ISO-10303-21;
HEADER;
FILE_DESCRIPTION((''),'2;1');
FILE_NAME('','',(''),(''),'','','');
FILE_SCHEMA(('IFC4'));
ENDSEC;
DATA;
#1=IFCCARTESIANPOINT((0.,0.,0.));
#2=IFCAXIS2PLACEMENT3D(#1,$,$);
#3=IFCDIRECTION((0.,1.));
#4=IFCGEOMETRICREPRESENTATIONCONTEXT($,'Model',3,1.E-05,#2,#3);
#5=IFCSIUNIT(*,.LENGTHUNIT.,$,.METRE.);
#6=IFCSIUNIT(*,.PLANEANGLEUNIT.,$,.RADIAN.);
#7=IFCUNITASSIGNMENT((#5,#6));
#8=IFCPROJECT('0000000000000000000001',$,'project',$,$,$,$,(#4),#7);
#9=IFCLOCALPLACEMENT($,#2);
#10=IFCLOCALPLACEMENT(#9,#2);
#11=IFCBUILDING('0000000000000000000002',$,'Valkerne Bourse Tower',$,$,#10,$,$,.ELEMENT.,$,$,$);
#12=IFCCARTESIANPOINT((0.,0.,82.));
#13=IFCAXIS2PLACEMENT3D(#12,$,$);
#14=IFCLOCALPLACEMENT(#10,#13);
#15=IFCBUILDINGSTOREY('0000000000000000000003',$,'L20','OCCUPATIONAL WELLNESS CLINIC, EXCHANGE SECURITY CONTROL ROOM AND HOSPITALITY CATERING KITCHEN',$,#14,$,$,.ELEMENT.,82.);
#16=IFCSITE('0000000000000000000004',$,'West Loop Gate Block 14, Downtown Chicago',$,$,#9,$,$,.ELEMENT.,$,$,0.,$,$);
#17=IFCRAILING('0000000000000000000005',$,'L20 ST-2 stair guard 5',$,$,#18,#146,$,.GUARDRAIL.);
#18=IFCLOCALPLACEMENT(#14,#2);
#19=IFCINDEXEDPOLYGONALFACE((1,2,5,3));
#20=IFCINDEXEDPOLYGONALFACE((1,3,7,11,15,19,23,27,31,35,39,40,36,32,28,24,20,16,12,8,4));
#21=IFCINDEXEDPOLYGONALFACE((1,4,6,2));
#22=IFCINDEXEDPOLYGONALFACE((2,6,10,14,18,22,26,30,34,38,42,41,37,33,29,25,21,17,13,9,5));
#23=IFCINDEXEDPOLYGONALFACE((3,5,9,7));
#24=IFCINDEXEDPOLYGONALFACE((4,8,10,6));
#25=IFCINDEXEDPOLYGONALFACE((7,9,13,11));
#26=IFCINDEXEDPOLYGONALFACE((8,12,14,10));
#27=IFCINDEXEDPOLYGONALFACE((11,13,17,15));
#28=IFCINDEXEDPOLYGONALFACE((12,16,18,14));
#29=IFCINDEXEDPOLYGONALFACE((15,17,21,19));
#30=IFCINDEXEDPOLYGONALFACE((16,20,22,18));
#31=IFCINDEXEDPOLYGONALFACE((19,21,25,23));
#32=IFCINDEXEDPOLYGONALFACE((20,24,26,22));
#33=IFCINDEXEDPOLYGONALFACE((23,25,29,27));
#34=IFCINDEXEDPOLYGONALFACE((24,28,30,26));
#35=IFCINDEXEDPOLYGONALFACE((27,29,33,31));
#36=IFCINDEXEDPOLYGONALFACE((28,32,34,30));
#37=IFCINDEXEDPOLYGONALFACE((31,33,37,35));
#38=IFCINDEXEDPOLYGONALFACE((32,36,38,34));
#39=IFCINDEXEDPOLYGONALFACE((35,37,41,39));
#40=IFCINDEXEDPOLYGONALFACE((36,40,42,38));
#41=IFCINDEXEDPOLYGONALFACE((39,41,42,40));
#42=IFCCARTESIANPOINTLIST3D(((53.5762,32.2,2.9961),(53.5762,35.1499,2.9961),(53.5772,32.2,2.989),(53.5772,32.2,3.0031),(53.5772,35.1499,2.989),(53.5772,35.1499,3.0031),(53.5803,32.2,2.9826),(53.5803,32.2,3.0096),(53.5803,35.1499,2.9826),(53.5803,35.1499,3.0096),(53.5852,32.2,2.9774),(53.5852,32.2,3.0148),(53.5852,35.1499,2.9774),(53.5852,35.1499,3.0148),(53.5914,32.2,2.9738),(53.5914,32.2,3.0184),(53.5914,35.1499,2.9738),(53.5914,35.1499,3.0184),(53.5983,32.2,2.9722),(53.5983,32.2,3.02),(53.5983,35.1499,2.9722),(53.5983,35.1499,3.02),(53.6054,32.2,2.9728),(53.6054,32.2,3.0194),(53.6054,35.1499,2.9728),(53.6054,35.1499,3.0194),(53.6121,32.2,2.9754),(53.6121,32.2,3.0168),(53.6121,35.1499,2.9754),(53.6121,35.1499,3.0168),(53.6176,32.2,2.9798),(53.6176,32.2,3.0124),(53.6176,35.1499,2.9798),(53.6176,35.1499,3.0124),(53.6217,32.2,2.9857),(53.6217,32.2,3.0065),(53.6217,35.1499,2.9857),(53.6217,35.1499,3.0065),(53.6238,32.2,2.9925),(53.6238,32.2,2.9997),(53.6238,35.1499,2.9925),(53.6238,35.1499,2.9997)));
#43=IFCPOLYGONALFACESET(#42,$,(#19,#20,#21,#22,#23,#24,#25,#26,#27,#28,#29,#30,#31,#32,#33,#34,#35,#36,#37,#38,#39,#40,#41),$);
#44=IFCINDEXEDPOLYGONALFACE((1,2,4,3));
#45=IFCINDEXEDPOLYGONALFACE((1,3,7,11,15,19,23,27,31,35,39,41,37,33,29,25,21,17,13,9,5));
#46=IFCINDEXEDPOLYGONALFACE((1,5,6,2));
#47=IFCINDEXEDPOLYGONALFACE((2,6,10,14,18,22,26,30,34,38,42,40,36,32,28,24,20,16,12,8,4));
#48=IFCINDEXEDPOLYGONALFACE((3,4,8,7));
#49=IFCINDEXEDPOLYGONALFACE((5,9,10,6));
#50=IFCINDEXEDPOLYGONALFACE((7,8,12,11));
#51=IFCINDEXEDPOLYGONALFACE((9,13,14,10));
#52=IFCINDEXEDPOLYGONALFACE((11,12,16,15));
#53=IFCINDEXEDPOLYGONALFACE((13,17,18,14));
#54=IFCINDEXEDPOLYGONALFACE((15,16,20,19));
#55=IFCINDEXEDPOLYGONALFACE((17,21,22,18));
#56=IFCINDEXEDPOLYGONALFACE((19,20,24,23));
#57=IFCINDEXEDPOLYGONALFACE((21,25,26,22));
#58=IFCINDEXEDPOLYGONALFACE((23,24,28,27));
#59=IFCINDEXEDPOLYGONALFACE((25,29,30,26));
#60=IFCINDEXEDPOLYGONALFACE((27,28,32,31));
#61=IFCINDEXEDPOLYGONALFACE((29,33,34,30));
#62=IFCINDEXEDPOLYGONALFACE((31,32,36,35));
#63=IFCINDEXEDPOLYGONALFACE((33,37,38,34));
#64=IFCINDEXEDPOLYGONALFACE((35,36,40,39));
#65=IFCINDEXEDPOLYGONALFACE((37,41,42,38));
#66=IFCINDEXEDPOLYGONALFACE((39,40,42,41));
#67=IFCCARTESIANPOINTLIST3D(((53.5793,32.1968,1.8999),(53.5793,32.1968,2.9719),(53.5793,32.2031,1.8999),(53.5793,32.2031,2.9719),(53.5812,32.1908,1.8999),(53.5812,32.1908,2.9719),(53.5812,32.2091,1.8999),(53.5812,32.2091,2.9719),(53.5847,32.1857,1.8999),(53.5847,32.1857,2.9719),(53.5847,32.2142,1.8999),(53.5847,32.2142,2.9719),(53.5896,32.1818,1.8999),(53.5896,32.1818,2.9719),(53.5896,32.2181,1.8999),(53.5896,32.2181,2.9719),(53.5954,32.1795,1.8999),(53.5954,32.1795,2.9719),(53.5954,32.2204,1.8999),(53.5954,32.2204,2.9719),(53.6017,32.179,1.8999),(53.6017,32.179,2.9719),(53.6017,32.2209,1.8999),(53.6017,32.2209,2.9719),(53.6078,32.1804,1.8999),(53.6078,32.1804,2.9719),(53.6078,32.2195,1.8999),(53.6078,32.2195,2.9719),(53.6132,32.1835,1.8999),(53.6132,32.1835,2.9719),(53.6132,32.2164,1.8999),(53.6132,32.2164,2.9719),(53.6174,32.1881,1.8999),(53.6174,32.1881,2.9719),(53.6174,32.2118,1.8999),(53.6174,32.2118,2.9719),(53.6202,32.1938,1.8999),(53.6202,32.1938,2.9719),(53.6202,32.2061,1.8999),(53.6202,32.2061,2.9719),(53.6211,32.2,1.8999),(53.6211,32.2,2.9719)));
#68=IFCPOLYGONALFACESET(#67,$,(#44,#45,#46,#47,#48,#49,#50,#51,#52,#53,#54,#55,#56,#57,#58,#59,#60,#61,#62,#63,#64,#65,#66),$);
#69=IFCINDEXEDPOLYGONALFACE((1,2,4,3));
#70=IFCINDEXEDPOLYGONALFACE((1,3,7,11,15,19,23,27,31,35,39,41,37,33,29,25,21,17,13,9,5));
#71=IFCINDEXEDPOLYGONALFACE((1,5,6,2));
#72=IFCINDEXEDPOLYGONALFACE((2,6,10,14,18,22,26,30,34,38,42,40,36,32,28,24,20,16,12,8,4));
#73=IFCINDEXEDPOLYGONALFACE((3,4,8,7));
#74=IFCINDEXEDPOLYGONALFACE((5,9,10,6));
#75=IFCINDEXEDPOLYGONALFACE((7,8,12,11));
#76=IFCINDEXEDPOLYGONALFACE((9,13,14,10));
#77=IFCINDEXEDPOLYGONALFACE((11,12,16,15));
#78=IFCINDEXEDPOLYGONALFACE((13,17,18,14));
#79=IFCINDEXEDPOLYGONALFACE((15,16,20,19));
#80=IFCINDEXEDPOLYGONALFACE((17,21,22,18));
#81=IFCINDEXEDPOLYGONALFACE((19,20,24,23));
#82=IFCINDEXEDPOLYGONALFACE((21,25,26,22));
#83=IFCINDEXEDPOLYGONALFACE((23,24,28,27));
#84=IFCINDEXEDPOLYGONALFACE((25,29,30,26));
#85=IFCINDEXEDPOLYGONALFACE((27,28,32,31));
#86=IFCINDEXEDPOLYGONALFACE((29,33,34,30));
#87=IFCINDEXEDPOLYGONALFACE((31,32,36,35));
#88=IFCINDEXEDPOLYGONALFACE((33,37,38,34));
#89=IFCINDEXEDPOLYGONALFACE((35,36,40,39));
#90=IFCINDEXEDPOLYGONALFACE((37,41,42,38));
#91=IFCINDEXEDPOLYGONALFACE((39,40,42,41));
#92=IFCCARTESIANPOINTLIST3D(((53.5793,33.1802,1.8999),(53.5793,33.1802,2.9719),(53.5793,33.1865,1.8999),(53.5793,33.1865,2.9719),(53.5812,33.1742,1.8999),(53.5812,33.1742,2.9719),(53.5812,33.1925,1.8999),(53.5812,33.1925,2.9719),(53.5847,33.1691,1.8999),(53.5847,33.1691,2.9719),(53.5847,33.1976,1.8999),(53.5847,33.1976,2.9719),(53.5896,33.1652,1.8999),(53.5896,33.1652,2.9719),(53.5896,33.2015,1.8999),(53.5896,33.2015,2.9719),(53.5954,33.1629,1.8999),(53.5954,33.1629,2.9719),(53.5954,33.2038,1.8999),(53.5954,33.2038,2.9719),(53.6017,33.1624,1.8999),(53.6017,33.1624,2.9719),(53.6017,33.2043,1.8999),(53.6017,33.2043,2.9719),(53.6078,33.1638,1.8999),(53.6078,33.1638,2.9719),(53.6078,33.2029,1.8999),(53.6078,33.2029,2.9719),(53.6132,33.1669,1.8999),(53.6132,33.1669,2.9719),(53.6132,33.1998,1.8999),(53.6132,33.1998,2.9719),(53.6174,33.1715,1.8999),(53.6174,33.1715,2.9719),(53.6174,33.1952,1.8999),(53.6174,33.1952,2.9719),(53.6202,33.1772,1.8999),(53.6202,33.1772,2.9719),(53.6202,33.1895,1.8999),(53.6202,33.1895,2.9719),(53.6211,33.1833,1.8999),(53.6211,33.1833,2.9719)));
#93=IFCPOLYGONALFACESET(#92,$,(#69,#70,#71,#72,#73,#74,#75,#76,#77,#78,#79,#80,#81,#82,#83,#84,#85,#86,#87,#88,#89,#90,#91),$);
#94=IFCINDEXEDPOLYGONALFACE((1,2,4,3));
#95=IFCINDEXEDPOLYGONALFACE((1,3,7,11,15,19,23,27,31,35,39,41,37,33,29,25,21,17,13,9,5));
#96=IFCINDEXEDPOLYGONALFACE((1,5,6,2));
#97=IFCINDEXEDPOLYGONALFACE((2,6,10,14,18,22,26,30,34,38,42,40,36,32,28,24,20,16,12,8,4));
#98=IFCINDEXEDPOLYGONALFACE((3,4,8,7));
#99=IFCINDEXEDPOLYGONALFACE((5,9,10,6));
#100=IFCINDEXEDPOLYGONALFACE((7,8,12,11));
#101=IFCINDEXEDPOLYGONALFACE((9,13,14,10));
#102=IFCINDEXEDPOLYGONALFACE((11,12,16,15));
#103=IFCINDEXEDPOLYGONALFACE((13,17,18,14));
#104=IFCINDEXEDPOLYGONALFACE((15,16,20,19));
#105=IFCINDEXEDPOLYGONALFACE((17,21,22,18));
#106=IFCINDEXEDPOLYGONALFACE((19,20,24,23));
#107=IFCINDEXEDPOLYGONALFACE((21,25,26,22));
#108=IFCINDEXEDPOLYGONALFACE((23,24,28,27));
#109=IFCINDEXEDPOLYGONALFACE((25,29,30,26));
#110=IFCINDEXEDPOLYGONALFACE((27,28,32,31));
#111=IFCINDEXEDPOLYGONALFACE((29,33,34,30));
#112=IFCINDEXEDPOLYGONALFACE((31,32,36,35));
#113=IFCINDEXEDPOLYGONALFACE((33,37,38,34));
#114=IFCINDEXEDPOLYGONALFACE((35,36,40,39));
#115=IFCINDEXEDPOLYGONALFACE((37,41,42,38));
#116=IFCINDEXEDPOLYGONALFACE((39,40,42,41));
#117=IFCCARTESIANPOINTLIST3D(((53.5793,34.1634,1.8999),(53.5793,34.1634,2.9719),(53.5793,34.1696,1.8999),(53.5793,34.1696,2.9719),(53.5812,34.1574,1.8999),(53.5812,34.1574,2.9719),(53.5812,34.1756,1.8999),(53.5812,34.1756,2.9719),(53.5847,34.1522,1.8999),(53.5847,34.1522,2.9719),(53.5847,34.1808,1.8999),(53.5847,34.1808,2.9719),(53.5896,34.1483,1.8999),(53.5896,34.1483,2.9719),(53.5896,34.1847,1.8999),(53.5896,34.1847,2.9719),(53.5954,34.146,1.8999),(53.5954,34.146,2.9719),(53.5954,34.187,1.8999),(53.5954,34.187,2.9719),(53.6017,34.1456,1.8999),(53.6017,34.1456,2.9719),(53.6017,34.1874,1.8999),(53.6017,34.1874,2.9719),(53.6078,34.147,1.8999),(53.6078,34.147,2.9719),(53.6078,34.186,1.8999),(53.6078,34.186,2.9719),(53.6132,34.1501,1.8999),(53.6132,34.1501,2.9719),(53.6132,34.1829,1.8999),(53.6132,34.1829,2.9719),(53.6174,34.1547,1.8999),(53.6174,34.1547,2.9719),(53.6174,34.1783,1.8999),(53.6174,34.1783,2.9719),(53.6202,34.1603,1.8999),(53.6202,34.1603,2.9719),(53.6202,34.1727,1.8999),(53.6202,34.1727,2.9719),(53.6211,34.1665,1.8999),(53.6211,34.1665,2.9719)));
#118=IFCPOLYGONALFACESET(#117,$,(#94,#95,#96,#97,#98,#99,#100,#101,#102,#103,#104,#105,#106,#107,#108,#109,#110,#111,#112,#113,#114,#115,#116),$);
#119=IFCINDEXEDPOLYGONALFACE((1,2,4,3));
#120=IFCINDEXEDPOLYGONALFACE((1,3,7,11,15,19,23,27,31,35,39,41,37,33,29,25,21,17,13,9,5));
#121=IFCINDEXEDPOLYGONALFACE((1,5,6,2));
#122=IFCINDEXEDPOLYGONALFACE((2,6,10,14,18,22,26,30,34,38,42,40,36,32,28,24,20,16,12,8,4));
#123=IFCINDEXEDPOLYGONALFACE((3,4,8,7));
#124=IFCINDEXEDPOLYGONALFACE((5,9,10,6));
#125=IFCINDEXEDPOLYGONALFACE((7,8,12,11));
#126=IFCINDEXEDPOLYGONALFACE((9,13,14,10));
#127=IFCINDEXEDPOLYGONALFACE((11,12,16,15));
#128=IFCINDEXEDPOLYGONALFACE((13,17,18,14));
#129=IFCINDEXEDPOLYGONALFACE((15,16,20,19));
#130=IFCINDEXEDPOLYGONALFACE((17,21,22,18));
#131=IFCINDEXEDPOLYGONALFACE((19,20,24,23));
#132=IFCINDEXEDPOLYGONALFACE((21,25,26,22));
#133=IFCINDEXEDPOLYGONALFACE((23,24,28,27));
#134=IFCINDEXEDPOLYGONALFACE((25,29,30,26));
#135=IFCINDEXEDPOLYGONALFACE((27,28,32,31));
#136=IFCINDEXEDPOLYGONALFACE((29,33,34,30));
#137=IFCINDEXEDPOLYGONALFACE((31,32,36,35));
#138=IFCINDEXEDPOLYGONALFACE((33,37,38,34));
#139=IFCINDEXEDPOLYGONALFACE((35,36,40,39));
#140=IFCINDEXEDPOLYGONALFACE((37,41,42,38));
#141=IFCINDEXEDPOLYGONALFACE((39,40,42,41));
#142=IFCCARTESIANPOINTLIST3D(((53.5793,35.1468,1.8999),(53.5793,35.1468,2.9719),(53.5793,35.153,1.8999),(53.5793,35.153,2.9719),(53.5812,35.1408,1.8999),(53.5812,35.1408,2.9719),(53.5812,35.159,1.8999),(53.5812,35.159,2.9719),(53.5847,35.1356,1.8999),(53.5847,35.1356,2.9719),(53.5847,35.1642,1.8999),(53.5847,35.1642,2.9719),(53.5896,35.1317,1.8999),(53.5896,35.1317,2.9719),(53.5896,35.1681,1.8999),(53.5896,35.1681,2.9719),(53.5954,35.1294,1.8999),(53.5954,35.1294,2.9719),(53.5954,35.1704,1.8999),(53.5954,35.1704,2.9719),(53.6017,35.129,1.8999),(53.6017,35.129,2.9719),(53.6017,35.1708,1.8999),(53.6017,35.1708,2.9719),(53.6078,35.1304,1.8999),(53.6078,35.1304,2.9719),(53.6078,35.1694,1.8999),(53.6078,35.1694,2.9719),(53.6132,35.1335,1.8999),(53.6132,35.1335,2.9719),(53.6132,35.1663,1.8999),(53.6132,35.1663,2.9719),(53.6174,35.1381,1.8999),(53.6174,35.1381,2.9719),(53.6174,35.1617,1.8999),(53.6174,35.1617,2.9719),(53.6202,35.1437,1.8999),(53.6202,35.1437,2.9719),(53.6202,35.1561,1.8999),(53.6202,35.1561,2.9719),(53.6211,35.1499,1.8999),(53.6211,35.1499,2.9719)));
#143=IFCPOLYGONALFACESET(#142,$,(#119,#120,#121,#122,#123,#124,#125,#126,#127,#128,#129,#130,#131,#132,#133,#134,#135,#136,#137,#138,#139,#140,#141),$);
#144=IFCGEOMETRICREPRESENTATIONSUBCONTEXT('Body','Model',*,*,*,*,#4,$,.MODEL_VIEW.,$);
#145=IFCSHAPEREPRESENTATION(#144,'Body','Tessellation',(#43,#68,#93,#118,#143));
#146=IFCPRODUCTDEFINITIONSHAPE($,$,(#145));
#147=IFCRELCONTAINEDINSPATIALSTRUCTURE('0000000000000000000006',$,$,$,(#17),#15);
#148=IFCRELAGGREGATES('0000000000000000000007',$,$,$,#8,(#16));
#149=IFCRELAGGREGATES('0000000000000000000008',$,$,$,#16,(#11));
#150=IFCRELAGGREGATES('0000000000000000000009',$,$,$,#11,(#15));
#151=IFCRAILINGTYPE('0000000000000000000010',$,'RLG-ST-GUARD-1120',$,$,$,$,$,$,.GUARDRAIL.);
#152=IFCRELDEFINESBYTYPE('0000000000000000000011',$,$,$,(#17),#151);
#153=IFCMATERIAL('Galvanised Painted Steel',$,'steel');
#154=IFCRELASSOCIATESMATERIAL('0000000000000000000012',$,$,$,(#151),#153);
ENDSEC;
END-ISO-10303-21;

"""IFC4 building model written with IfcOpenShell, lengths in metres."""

from ifc_helpers import new_model, si_unit, direction, frame, origin, origin_2d, place, context, subcontext, project, spatial, circle, extrude, material, type_object, element, save


model = new_model("IFC4")

# Units and contexts
model_context = context("Model", 3, precision=1e-05, world=origin(), true_north=direction((0.0, 1.0)))
body_context = subcontext(model_context, "Body", "Model", "MODEL_VIEW")
ifc_project = project(units=[si_unit("LENGTHUNIT", "METRE"), si_unit("PLANEANGLEUNIT", "RADIAN")], contexts=[model_context])

# Site, building, storey
site_placement = place(None, origin())
site = spatial("IfcSite", under=ifc_project, at=site_placement, Name="West Loop Gate Block 14, Downtown Chicago", CompositionType="ELEMENT", RefElevation=0.0)
building_placement = place(site_placement, origin())
building = spatial("IfcBuilding", under=site, at=building_placement, Name="Valkerne Bourse Tower", CompositionType="ELEMENT")
storey_placement = place(building_placement, frame((0.0, 0.0, 82.0)))
storey = spatial("IfcBuildingStorey", under=building, at=storey_placement, Name="L20", Description="OCCUPATIONAL WELLNESS CLINIC, EXCHANGE SECURITY CONTROL ROOM AND HOSPITALITY CATERING KITCHEN", CompositionType="ELEMENT", Elevation=82.0)

# Railing
ifc_material_1 = material(Name="Galvanised Painted Steel", Category="steel")
railing_type_1 = type_object("IfcRailingType", Name="RLG-ST-GUARD-1120", PredefinedType="GUARDRAIL", material=ifc_material_1)
railing_1_placement = place(storey_placement, frame((53.6001, 32.2, 1.8999)))
element("IfcRailing", 1, at=railing_1_placement, inside=storey, type_object=railing_type_1, Name="L20 ST-2 stair guard 5", PredefinedType="GUARDRAIL", context=body_context, shape_type="SweptSolid", body=[
    extrude(circle(Radius=0.0239, at=origin_2d()), frame((0.0, 0.0, 1.0962), z_axis=(0.0, 1.0, 0.0), x_axis=(-1.0, 0.0, 0.0)), (0.0, 0.0, 1.0), 2.95),
    extrude(circle(Radius=0.021, at=origin_2d()), origin(), (0.0, 0.0, 1.0), 1.072),
    extrude(circle(Radius=0.021, at=origin_2d()), frame((0.0, 0.9834, 0.0)), (0.0, 0.0, 1.0), 1.072),
    extrude(circle(Radius=0.021, at=origin_2d()), frame((0.0, 1.9666, 0.0)), (0.0, 0.0, 1.0), 1.072),
    extrude(circle(Radius=0.021, at=origin_2d()), frame((0.0, 2.95, 0.0)), (0.0, 0.0, 1.0), 1.072),
])

save(model, "model.ifc")
